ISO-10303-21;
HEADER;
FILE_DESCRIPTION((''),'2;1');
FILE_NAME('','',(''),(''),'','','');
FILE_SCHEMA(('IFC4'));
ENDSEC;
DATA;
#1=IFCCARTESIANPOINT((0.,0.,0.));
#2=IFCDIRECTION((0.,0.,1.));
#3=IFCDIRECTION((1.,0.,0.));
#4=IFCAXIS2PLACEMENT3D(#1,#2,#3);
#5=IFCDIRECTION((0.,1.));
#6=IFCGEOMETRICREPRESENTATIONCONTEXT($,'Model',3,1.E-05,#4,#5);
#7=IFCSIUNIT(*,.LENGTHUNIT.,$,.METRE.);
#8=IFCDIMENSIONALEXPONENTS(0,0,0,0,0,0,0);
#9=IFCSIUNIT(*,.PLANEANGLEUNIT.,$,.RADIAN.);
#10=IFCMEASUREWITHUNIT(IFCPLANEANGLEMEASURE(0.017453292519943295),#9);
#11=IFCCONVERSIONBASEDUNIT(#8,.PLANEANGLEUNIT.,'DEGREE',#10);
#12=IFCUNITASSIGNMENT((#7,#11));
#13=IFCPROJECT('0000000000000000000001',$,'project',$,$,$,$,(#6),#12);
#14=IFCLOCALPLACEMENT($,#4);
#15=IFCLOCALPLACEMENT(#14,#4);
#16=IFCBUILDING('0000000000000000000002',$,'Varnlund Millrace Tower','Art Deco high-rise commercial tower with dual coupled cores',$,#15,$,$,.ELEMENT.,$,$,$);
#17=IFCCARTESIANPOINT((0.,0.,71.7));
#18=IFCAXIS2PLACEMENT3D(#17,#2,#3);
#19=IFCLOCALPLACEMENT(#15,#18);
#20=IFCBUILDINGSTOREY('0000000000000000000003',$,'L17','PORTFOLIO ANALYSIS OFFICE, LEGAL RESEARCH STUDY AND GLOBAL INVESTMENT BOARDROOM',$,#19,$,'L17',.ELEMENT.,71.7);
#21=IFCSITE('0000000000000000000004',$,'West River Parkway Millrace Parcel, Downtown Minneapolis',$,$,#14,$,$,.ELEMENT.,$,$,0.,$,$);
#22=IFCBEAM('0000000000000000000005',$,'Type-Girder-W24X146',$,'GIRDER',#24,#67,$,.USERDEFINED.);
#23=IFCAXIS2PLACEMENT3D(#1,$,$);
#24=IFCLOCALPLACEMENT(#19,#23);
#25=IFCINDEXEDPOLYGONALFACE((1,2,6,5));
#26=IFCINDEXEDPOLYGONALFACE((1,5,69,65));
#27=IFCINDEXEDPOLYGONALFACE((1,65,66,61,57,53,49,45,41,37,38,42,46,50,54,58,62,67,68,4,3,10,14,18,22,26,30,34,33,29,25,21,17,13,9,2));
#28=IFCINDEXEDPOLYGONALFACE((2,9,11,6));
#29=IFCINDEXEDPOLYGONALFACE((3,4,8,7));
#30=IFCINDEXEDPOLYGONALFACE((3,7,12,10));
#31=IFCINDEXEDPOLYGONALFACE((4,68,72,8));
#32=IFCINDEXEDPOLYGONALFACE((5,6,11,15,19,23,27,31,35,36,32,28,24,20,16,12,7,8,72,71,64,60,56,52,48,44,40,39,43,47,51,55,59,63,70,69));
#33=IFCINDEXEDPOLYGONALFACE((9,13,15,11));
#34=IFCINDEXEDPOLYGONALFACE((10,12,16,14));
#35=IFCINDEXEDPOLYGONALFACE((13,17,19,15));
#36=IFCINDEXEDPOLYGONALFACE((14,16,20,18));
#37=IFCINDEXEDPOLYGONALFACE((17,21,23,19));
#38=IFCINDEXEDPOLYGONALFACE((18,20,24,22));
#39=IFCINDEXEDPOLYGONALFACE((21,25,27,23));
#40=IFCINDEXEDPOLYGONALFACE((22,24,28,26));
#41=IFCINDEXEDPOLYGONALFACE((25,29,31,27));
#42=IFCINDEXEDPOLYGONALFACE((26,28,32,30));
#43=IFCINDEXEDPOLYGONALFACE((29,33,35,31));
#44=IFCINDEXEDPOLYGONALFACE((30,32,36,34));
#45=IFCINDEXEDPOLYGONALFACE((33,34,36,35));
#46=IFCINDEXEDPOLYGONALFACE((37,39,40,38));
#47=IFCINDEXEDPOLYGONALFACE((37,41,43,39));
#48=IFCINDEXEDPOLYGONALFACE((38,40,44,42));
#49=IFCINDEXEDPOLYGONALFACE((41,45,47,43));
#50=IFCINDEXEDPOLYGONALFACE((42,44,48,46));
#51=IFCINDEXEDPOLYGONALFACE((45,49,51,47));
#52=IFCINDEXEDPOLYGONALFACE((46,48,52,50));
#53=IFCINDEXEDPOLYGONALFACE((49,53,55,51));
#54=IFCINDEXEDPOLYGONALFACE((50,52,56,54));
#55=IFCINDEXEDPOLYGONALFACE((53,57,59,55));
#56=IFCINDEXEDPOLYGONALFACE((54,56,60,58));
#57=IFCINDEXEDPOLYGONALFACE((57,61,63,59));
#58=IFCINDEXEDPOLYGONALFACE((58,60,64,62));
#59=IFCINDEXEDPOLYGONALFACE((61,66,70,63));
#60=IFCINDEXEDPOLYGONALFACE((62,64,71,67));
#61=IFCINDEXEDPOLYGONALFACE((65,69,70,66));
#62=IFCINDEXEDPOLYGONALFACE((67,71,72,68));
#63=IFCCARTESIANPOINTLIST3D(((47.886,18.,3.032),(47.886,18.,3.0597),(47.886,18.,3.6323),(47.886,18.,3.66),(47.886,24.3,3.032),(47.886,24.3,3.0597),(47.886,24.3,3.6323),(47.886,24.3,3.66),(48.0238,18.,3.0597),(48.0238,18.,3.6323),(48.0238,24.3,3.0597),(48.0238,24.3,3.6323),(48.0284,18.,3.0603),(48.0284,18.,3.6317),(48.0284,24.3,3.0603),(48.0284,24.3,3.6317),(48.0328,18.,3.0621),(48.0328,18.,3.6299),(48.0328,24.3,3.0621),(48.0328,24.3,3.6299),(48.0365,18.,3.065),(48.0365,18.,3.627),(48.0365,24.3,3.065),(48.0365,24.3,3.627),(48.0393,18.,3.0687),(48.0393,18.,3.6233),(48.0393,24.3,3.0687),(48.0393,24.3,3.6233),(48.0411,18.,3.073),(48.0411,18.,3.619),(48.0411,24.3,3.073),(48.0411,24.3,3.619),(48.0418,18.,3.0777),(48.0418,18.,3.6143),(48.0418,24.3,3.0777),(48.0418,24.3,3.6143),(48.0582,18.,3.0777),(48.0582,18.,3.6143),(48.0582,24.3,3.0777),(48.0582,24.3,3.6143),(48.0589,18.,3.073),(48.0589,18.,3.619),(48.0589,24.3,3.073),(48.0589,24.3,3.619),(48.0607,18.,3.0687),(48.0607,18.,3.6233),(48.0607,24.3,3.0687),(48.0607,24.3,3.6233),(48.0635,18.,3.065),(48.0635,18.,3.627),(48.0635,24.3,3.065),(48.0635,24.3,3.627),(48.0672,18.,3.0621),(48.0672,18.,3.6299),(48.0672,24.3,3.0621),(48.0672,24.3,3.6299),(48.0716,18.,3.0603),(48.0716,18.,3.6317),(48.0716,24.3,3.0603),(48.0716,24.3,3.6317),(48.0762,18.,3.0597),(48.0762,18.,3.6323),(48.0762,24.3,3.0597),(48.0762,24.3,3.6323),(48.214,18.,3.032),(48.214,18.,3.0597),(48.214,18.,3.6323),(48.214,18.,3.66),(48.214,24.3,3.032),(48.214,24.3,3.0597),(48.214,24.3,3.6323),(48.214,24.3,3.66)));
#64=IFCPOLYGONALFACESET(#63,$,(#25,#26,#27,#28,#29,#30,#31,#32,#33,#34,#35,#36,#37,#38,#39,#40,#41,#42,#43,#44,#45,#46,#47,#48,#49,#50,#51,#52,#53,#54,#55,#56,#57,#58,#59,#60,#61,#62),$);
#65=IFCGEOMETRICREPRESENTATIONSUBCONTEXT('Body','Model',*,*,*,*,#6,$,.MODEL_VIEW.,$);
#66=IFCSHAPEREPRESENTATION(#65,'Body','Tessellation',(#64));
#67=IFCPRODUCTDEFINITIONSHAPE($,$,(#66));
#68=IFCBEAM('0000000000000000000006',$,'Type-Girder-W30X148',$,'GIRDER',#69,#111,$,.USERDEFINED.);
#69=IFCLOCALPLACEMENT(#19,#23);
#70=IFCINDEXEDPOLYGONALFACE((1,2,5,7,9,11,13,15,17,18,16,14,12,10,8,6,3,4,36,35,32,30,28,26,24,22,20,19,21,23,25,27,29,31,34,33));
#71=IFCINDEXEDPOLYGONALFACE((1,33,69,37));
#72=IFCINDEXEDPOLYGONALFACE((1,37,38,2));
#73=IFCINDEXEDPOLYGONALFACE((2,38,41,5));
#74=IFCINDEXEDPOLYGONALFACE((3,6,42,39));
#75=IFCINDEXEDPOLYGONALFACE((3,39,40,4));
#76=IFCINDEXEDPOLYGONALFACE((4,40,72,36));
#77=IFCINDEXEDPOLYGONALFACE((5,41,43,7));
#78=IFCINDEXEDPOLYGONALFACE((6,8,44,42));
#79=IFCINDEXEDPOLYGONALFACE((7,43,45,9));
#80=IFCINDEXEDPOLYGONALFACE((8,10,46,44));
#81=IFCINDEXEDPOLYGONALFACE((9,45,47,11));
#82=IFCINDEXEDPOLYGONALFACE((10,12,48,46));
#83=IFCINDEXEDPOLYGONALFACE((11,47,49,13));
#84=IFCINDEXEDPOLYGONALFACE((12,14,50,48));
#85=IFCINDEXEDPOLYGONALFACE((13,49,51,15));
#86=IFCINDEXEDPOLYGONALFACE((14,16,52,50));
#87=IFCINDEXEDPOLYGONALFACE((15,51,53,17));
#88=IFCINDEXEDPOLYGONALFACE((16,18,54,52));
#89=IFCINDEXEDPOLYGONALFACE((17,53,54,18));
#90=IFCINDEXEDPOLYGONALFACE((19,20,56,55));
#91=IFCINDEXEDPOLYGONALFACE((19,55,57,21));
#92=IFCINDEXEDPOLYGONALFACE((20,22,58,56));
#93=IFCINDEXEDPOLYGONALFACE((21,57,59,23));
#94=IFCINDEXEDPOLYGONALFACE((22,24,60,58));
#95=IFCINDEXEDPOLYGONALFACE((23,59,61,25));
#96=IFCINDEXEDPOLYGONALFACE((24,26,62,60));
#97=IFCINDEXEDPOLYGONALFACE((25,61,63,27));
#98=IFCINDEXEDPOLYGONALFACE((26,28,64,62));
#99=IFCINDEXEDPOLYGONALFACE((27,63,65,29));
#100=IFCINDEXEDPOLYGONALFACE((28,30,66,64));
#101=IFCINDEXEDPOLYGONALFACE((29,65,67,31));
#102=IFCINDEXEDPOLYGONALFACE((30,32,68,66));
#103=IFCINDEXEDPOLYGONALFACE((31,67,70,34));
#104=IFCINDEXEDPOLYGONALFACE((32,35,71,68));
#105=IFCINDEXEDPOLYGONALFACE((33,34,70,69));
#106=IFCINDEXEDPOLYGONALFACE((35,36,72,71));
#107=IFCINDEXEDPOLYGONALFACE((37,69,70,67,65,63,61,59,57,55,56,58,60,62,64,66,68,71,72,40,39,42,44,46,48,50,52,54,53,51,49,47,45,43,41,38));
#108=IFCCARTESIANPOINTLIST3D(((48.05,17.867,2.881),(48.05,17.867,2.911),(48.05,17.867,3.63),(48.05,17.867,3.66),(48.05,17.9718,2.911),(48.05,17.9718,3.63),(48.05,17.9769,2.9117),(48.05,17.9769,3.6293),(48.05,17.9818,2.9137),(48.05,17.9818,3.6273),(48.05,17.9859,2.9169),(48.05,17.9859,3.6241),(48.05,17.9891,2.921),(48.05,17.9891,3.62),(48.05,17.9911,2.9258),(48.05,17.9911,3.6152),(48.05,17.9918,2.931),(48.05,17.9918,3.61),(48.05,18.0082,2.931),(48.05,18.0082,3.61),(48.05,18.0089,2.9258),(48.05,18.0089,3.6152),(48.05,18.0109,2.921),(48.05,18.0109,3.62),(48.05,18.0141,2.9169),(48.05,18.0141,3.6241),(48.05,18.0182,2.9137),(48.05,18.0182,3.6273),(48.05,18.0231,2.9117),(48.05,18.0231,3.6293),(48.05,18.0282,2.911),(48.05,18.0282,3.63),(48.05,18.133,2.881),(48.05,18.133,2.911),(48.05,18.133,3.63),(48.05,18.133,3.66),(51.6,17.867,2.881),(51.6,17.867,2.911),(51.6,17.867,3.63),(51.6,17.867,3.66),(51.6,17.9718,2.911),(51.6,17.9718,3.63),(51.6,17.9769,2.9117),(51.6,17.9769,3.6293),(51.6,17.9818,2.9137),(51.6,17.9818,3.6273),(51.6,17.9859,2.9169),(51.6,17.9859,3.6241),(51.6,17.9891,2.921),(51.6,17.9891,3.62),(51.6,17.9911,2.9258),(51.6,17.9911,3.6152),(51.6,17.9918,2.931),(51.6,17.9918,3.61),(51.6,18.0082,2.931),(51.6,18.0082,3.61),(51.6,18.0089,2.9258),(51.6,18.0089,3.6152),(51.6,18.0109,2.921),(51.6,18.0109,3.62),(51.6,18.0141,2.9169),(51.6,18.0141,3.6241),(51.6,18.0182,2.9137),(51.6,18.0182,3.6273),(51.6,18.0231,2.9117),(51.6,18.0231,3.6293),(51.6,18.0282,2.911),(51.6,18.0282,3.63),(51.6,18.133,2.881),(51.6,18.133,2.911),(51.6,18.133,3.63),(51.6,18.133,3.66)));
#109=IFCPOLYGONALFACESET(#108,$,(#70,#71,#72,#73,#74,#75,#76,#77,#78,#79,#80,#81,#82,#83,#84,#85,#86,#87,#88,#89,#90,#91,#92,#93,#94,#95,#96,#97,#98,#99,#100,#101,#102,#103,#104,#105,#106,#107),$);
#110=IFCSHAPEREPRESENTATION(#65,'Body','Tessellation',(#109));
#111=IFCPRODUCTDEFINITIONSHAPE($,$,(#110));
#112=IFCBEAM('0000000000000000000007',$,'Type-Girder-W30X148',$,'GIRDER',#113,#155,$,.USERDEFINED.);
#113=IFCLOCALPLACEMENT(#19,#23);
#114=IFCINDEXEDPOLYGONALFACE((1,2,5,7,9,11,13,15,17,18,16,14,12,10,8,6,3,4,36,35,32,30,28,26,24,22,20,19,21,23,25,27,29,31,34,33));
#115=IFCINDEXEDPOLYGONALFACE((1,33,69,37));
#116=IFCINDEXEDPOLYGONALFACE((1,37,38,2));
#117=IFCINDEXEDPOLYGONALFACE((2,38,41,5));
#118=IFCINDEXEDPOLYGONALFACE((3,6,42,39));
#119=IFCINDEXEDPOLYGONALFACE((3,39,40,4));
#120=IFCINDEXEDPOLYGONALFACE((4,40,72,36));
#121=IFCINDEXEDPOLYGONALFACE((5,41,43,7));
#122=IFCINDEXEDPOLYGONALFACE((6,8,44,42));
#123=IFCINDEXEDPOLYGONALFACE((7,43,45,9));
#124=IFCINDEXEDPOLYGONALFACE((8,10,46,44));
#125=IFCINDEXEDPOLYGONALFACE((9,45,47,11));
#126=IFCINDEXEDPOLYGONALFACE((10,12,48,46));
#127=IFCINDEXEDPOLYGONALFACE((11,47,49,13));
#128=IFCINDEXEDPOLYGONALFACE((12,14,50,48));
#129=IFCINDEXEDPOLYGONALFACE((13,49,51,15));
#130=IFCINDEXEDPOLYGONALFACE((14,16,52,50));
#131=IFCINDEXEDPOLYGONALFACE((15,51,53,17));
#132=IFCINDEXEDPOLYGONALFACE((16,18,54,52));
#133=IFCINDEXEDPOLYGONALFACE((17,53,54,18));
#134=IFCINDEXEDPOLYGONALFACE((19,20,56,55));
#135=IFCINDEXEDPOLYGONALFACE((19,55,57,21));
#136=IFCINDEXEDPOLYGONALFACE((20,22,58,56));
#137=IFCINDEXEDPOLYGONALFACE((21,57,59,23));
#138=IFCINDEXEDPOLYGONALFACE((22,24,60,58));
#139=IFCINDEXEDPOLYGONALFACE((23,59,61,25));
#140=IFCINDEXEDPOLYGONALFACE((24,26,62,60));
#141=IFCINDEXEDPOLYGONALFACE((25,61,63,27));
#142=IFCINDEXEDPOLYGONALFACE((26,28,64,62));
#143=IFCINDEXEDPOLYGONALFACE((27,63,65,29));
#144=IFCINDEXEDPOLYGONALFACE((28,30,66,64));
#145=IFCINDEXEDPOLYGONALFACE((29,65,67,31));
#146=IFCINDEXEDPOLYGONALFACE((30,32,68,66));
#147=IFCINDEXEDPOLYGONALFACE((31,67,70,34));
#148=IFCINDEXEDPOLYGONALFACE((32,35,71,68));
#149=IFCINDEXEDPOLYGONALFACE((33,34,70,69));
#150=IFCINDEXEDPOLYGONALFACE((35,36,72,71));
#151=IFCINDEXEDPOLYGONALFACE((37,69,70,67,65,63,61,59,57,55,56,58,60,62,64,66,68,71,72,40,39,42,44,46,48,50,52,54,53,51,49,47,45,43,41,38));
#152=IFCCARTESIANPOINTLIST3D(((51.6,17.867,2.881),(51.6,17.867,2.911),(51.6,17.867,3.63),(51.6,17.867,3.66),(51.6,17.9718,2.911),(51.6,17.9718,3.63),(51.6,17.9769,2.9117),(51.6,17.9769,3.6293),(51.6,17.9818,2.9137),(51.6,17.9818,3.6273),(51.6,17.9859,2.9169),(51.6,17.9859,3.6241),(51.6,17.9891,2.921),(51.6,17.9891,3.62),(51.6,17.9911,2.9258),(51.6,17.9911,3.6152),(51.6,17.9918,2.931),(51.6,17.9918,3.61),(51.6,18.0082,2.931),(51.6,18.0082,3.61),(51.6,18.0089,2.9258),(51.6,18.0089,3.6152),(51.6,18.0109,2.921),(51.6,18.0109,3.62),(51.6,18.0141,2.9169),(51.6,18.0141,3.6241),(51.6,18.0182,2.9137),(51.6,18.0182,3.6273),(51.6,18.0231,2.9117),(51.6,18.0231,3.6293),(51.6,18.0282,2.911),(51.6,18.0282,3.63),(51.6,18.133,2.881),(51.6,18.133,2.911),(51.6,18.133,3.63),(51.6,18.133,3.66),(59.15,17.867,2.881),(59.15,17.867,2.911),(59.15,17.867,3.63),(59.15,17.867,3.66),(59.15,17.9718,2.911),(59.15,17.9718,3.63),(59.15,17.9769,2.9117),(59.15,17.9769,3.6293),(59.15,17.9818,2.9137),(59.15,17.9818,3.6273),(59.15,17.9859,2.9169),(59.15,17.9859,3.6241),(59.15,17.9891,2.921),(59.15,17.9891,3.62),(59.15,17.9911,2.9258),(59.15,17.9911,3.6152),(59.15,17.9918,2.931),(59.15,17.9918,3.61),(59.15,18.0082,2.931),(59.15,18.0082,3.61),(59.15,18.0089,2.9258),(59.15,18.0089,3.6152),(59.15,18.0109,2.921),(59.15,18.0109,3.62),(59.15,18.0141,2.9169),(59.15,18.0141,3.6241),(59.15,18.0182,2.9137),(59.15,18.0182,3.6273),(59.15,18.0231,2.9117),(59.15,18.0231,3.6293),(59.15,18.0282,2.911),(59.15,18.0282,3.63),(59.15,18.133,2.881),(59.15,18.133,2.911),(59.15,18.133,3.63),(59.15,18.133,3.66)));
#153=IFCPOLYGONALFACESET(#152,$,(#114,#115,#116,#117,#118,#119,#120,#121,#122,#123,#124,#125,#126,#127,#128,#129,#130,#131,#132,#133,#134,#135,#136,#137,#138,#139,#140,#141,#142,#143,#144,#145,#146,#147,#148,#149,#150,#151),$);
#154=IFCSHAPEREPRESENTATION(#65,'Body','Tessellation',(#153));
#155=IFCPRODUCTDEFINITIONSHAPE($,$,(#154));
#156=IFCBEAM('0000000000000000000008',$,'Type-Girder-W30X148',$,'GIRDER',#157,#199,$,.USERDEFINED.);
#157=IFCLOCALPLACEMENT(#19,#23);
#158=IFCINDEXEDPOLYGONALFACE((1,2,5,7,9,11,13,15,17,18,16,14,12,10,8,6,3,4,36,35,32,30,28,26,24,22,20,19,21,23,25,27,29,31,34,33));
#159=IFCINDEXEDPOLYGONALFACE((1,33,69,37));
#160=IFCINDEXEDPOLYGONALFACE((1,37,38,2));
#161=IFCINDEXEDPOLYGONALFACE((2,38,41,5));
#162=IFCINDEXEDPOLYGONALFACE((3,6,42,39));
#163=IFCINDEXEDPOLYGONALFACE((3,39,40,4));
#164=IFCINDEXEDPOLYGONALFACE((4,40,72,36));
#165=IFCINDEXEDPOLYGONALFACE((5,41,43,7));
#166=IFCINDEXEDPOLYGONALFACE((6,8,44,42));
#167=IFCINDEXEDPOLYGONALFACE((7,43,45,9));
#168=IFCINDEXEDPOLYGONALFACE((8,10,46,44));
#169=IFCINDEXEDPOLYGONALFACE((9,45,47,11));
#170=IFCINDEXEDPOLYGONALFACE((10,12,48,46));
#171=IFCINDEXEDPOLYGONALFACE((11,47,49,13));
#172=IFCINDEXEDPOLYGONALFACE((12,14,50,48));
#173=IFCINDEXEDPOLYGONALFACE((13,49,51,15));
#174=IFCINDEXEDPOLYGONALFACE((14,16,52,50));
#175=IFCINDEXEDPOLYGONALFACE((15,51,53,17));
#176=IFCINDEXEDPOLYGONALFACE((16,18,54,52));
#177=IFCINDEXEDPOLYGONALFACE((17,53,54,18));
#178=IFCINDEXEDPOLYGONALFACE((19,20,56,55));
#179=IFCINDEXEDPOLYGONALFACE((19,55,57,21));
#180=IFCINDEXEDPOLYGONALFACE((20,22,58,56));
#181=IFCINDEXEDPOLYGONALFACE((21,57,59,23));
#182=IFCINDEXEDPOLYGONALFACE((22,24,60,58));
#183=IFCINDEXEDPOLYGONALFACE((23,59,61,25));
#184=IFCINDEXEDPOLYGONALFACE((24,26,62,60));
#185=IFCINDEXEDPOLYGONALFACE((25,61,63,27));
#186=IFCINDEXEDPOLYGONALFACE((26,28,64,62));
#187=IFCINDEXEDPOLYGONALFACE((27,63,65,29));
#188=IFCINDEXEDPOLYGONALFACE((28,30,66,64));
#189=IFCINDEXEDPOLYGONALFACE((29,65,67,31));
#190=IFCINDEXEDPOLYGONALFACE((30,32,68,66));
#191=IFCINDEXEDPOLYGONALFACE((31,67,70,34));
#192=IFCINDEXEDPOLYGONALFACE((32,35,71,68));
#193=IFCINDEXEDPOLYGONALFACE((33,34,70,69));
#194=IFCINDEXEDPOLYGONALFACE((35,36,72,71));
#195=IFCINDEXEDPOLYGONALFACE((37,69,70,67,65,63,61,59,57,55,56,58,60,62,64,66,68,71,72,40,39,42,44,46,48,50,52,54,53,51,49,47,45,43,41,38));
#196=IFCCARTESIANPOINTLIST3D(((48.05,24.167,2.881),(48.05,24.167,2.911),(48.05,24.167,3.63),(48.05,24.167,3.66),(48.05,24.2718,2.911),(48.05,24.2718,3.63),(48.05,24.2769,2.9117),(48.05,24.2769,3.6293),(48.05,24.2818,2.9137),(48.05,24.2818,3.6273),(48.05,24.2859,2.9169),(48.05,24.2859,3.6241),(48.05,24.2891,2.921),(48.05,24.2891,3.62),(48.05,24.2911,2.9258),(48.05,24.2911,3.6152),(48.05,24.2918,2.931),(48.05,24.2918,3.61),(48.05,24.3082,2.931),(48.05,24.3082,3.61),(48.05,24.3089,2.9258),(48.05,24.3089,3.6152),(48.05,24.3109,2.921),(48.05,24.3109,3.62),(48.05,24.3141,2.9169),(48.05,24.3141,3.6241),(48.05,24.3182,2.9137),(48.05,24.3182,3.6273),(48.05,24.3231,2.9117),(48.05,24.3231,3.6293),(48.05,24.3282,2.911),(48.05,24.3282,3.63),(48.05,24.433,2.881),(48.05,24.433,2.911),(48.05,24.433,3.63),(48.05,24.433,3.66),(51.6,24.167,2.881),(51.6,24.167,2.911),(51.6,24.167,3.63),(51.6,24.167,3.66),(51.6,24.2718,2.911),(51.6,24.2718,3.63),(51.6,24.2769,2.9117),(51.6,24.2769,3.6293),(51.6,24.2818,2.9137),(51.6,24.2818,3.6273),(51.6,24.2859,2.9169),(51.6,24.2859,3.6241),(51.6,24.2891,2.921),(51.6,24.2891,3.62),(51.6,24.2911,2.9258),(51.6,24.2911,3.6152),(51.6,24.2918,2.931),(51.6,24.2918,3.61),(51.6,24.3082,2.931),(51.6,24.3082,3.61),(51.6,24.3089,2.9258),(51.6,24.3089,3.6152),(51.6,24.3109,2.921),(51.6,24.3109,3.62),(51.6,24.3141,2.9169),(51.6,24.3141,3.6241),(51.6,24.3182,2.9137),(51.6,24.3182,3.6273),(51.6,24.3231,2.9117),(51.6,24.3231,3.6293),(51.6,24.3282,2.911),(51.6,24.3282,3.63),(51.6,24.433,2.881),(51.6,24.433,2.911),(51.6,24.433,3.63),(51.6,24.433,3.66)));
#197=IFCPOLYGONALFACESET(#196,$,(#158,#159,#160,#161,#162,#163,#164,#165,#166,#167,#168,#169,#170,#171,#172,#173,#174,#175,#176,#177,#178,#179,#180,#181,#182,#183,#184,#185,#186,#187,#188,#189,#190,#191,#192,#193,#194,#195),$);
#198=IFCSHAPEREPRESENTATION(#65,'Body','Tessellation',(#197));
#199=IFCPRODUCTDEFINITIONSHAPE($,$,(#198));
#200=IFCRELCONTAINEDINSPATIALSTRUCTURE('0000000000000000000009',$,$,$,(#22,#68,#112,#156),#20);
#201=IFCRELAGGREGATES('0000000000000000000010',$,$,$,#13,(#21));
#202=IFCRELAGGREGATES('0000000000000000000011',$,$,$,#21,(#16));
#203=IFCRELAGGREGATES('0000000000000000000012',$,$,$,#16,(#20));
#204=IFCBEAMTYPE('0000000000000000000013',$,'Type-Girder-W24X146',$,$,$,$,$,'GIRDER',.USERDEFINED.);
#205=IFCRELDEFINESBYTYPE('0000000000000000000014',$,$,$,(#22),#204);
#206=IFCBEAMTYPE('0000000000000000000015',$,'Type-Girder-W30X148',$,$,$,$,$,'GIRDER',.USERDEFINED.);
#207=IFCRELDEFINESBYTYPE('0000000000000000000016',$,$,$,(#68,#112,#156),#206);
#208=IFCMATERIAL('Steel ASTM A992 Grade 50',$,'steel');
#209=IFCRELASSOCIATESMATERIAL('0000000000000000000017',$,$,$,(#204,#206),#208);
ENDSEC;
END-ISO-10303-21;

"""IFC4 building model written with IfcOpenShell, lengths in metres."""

from ifc_helpers import new_model, entity, si_unit, converted_unit, direction, frame, origin_with_axes, origin_2d_with_axis, place, context, subcontext, project, spatial, i_section, extrude, material, material_profile, profile_set, type_object, element, save


model = new_model("IFC4")

# Units and contexts
model_context = context("Model", 3, precision=1e-05, world=origin_with_axes(), true_north=direction((0.0, 1.0)))
body_context = subcontext(model_context, "Body", "Model", "MODEL_VIEW")
ifc_project = project(units=[si_unit("LENGTHUNIT", "METRE"), converted_unit("PLANEANGLEUNIT", "DEGREE", entity("IfcPlaneAngleMeasure", 0.017453292519943295), si_unit("PLANEANGLEUNIT", "RADIAN"), dimensions=[0, 0, 0, 0, 0, 0, 0])], contexts=[model_context])

# Site, building, storey
site_placement = place(None, origin_with_axes())
site = spatial("IfcSite", under=ifc_project, at=site_placement, Name="West River Parkway Millrace Parcel, Downtown Minneapolis", CompositionType="ELEMENT", RefElevation=0.0)
building_placement = place(site_placement, origin_with_axes())
building = spatial("IfcBuilding", under=site, at=building_placement, Name="Varnlund Millrace Tower", Description="Art Deco high-rise commercial tower with dual coupled cores", CompositionType="ELEMENT")
storey_placement = place(building_placement, frame((0.0, 0.0, 71.7), z_axis=(0.0, 0.0, 1.0), x_axis=(1.0, 0.0, 0.0)))
storey = spatial("IfcBuildingStorey", under=building, at=storey_placement, Name="L17", Description="PORTFOLIO ANALYSIS OFFICE, LEGAL RESEARCH STUDY AND GLOBAL INVESTMENT BOARDROOM", LongName="L17", CompositionType="ELEMENT", Elevation=71.7)

# Beams
ifc_material_1 = material(Name="Steel ASTM A992 Grade 50", Category="steel")
ifc_material_profile_1 = material_profile(ifc_material_1, i_section(OverallWidth=0.328, OverallDepth=0.628, WebThickness=0.0165, FlangeThickness=0.0277, FilletRadius=0.018, at=origin_2d_with_axis()), Name="Steel ASTM A992 Grade 50")
ifc_profile_set_1 = profile_set([ifc_material_profile_1], Name="Steel ASTM A992 Grade 50")
beam_type_1 = type_object("IfcBeamType", Name="Type-Girder-W24X146", ElementType="GIRDER", PredefinedType="USERDEFINED", material=ifc_profile_set_1)
beam_1_placement = place(storey_placement, frame((48.05, 18.0, 3.346), z_axis=(0.0, 1.0, 0.0), x_axis=(-1.0, 0.0, 0.0)))
element("IfcBeam", 1, at=beam_1_placement, inside=storey, type_object=beam_type_1, Name="Type-Girder-W24X146", ObjectType="GIRDER", PredefinedType="USERDEFINED", context=body_context, shape_type="SweptSolid", body=[
    extrude(i_section(OverallWidth=0.328, OverallDepth=0.628, WebThickness=0.0165, FlangeThickness=0.0277, FilletRadius=0.018, at=origin_2d_with_axis()), origin_with_axes(), (0.0, 0.0, 1.0), 6.3),
])
ifc_material_profile_2 = material_profile(ifc_material_1, i_section(OverallWidth=0.266, OverallDepth=0.779, WebThickness=0.0165, FlangeThickness=0.03, FilletRadius=0.02, at=origin_2d_with_axis()), Name="Steel ASTM A992 Grade 50")
ifc_profile_set_2 = profile_set([ifc_material_profile_2], Name="Steel ASTM A992 Grade 50")
beam_type_2 = type_object("IfcBeamType", Name="Type-Girder-W30X148", ElementType="GIRDER", PredefinedType="USERDEFINED", material=ifc_profile_set_2)
beam_2_placement = place(storey_placement, frame((48.05, 18.0, 3.2705), z_axis=(1.0, 0.0, 0.0), x_axis=(0.0, 1.0, 0.0)))
element("IfcBeam", 2, at=beam_2_placement, inside=storey, type_object=beam_type_2, Name="Type-Girder-W30X148", ObjectType="GIRDER", PredefinedType="USERDEFINED", context=body_context, shape_type="SweptSolid", body=[
    extrude(i_section(OverallWidth=0.266, OverallDepth=0.779, WebThickness=0.0165, FlangeThickness=0.03, FilletRadius=0.02, at=origin_2d_with_axis()), origin_with_axes(), (0.0, 0.0, 1.0), 3.55),
])
beam_3_placement = place(storey_placement, frame((51.6, 18.0, 3.2705), z_axis=(1.0, 0.0, 0.0), x_axis=(0.0, 1.0, 0.0)))
element("IfcBeam", 3, at=beam_3_placement, inside=storey, type_object=beam_type_2, Name="Type-Girder-W30X148", ObjectType="GIRDER", PredefinedType="USERDEFINED", context=body_context, shape_type="SweptSolid", body=[
    extrude(i_section(OverallWidth=0.266, OverallDepth=0.779, WebThickness=0.0165, FlangeThickness=0.03, FilletRadius=0.02, at=origin_2d_with_axis()), origin_with_axes(), (0.0, 0.0, 1.0), 7.55),
])
beam_4_placement = place(storey_placement, frame((48.05, 24.3, 3.2705), z_axis=(1.0, 0.0, 0.0), x_axis=(0.0, 1.0, 0.0)))
element("IfcBeam", 4, at=beam_4_placement, inside=storey, type_object=beam_type_2, Name="Type-Girder-W30X148", ObjectType="GIRDER", PredefinedType="USERDEFINED", context=body_context, shape_type="SweptSolid", body=[
    extrude(i_section(OverallWidth=0.266, OverallDepth=0.779, WebThickness=0.0165, FlangeThickness=0.03, FilletRadius=0.02, at=origin_2d_with_axis()), origin_with_axes(), (0.0, 0.0, 1.0), 3.55),
])

save(model, "model.ifc")
